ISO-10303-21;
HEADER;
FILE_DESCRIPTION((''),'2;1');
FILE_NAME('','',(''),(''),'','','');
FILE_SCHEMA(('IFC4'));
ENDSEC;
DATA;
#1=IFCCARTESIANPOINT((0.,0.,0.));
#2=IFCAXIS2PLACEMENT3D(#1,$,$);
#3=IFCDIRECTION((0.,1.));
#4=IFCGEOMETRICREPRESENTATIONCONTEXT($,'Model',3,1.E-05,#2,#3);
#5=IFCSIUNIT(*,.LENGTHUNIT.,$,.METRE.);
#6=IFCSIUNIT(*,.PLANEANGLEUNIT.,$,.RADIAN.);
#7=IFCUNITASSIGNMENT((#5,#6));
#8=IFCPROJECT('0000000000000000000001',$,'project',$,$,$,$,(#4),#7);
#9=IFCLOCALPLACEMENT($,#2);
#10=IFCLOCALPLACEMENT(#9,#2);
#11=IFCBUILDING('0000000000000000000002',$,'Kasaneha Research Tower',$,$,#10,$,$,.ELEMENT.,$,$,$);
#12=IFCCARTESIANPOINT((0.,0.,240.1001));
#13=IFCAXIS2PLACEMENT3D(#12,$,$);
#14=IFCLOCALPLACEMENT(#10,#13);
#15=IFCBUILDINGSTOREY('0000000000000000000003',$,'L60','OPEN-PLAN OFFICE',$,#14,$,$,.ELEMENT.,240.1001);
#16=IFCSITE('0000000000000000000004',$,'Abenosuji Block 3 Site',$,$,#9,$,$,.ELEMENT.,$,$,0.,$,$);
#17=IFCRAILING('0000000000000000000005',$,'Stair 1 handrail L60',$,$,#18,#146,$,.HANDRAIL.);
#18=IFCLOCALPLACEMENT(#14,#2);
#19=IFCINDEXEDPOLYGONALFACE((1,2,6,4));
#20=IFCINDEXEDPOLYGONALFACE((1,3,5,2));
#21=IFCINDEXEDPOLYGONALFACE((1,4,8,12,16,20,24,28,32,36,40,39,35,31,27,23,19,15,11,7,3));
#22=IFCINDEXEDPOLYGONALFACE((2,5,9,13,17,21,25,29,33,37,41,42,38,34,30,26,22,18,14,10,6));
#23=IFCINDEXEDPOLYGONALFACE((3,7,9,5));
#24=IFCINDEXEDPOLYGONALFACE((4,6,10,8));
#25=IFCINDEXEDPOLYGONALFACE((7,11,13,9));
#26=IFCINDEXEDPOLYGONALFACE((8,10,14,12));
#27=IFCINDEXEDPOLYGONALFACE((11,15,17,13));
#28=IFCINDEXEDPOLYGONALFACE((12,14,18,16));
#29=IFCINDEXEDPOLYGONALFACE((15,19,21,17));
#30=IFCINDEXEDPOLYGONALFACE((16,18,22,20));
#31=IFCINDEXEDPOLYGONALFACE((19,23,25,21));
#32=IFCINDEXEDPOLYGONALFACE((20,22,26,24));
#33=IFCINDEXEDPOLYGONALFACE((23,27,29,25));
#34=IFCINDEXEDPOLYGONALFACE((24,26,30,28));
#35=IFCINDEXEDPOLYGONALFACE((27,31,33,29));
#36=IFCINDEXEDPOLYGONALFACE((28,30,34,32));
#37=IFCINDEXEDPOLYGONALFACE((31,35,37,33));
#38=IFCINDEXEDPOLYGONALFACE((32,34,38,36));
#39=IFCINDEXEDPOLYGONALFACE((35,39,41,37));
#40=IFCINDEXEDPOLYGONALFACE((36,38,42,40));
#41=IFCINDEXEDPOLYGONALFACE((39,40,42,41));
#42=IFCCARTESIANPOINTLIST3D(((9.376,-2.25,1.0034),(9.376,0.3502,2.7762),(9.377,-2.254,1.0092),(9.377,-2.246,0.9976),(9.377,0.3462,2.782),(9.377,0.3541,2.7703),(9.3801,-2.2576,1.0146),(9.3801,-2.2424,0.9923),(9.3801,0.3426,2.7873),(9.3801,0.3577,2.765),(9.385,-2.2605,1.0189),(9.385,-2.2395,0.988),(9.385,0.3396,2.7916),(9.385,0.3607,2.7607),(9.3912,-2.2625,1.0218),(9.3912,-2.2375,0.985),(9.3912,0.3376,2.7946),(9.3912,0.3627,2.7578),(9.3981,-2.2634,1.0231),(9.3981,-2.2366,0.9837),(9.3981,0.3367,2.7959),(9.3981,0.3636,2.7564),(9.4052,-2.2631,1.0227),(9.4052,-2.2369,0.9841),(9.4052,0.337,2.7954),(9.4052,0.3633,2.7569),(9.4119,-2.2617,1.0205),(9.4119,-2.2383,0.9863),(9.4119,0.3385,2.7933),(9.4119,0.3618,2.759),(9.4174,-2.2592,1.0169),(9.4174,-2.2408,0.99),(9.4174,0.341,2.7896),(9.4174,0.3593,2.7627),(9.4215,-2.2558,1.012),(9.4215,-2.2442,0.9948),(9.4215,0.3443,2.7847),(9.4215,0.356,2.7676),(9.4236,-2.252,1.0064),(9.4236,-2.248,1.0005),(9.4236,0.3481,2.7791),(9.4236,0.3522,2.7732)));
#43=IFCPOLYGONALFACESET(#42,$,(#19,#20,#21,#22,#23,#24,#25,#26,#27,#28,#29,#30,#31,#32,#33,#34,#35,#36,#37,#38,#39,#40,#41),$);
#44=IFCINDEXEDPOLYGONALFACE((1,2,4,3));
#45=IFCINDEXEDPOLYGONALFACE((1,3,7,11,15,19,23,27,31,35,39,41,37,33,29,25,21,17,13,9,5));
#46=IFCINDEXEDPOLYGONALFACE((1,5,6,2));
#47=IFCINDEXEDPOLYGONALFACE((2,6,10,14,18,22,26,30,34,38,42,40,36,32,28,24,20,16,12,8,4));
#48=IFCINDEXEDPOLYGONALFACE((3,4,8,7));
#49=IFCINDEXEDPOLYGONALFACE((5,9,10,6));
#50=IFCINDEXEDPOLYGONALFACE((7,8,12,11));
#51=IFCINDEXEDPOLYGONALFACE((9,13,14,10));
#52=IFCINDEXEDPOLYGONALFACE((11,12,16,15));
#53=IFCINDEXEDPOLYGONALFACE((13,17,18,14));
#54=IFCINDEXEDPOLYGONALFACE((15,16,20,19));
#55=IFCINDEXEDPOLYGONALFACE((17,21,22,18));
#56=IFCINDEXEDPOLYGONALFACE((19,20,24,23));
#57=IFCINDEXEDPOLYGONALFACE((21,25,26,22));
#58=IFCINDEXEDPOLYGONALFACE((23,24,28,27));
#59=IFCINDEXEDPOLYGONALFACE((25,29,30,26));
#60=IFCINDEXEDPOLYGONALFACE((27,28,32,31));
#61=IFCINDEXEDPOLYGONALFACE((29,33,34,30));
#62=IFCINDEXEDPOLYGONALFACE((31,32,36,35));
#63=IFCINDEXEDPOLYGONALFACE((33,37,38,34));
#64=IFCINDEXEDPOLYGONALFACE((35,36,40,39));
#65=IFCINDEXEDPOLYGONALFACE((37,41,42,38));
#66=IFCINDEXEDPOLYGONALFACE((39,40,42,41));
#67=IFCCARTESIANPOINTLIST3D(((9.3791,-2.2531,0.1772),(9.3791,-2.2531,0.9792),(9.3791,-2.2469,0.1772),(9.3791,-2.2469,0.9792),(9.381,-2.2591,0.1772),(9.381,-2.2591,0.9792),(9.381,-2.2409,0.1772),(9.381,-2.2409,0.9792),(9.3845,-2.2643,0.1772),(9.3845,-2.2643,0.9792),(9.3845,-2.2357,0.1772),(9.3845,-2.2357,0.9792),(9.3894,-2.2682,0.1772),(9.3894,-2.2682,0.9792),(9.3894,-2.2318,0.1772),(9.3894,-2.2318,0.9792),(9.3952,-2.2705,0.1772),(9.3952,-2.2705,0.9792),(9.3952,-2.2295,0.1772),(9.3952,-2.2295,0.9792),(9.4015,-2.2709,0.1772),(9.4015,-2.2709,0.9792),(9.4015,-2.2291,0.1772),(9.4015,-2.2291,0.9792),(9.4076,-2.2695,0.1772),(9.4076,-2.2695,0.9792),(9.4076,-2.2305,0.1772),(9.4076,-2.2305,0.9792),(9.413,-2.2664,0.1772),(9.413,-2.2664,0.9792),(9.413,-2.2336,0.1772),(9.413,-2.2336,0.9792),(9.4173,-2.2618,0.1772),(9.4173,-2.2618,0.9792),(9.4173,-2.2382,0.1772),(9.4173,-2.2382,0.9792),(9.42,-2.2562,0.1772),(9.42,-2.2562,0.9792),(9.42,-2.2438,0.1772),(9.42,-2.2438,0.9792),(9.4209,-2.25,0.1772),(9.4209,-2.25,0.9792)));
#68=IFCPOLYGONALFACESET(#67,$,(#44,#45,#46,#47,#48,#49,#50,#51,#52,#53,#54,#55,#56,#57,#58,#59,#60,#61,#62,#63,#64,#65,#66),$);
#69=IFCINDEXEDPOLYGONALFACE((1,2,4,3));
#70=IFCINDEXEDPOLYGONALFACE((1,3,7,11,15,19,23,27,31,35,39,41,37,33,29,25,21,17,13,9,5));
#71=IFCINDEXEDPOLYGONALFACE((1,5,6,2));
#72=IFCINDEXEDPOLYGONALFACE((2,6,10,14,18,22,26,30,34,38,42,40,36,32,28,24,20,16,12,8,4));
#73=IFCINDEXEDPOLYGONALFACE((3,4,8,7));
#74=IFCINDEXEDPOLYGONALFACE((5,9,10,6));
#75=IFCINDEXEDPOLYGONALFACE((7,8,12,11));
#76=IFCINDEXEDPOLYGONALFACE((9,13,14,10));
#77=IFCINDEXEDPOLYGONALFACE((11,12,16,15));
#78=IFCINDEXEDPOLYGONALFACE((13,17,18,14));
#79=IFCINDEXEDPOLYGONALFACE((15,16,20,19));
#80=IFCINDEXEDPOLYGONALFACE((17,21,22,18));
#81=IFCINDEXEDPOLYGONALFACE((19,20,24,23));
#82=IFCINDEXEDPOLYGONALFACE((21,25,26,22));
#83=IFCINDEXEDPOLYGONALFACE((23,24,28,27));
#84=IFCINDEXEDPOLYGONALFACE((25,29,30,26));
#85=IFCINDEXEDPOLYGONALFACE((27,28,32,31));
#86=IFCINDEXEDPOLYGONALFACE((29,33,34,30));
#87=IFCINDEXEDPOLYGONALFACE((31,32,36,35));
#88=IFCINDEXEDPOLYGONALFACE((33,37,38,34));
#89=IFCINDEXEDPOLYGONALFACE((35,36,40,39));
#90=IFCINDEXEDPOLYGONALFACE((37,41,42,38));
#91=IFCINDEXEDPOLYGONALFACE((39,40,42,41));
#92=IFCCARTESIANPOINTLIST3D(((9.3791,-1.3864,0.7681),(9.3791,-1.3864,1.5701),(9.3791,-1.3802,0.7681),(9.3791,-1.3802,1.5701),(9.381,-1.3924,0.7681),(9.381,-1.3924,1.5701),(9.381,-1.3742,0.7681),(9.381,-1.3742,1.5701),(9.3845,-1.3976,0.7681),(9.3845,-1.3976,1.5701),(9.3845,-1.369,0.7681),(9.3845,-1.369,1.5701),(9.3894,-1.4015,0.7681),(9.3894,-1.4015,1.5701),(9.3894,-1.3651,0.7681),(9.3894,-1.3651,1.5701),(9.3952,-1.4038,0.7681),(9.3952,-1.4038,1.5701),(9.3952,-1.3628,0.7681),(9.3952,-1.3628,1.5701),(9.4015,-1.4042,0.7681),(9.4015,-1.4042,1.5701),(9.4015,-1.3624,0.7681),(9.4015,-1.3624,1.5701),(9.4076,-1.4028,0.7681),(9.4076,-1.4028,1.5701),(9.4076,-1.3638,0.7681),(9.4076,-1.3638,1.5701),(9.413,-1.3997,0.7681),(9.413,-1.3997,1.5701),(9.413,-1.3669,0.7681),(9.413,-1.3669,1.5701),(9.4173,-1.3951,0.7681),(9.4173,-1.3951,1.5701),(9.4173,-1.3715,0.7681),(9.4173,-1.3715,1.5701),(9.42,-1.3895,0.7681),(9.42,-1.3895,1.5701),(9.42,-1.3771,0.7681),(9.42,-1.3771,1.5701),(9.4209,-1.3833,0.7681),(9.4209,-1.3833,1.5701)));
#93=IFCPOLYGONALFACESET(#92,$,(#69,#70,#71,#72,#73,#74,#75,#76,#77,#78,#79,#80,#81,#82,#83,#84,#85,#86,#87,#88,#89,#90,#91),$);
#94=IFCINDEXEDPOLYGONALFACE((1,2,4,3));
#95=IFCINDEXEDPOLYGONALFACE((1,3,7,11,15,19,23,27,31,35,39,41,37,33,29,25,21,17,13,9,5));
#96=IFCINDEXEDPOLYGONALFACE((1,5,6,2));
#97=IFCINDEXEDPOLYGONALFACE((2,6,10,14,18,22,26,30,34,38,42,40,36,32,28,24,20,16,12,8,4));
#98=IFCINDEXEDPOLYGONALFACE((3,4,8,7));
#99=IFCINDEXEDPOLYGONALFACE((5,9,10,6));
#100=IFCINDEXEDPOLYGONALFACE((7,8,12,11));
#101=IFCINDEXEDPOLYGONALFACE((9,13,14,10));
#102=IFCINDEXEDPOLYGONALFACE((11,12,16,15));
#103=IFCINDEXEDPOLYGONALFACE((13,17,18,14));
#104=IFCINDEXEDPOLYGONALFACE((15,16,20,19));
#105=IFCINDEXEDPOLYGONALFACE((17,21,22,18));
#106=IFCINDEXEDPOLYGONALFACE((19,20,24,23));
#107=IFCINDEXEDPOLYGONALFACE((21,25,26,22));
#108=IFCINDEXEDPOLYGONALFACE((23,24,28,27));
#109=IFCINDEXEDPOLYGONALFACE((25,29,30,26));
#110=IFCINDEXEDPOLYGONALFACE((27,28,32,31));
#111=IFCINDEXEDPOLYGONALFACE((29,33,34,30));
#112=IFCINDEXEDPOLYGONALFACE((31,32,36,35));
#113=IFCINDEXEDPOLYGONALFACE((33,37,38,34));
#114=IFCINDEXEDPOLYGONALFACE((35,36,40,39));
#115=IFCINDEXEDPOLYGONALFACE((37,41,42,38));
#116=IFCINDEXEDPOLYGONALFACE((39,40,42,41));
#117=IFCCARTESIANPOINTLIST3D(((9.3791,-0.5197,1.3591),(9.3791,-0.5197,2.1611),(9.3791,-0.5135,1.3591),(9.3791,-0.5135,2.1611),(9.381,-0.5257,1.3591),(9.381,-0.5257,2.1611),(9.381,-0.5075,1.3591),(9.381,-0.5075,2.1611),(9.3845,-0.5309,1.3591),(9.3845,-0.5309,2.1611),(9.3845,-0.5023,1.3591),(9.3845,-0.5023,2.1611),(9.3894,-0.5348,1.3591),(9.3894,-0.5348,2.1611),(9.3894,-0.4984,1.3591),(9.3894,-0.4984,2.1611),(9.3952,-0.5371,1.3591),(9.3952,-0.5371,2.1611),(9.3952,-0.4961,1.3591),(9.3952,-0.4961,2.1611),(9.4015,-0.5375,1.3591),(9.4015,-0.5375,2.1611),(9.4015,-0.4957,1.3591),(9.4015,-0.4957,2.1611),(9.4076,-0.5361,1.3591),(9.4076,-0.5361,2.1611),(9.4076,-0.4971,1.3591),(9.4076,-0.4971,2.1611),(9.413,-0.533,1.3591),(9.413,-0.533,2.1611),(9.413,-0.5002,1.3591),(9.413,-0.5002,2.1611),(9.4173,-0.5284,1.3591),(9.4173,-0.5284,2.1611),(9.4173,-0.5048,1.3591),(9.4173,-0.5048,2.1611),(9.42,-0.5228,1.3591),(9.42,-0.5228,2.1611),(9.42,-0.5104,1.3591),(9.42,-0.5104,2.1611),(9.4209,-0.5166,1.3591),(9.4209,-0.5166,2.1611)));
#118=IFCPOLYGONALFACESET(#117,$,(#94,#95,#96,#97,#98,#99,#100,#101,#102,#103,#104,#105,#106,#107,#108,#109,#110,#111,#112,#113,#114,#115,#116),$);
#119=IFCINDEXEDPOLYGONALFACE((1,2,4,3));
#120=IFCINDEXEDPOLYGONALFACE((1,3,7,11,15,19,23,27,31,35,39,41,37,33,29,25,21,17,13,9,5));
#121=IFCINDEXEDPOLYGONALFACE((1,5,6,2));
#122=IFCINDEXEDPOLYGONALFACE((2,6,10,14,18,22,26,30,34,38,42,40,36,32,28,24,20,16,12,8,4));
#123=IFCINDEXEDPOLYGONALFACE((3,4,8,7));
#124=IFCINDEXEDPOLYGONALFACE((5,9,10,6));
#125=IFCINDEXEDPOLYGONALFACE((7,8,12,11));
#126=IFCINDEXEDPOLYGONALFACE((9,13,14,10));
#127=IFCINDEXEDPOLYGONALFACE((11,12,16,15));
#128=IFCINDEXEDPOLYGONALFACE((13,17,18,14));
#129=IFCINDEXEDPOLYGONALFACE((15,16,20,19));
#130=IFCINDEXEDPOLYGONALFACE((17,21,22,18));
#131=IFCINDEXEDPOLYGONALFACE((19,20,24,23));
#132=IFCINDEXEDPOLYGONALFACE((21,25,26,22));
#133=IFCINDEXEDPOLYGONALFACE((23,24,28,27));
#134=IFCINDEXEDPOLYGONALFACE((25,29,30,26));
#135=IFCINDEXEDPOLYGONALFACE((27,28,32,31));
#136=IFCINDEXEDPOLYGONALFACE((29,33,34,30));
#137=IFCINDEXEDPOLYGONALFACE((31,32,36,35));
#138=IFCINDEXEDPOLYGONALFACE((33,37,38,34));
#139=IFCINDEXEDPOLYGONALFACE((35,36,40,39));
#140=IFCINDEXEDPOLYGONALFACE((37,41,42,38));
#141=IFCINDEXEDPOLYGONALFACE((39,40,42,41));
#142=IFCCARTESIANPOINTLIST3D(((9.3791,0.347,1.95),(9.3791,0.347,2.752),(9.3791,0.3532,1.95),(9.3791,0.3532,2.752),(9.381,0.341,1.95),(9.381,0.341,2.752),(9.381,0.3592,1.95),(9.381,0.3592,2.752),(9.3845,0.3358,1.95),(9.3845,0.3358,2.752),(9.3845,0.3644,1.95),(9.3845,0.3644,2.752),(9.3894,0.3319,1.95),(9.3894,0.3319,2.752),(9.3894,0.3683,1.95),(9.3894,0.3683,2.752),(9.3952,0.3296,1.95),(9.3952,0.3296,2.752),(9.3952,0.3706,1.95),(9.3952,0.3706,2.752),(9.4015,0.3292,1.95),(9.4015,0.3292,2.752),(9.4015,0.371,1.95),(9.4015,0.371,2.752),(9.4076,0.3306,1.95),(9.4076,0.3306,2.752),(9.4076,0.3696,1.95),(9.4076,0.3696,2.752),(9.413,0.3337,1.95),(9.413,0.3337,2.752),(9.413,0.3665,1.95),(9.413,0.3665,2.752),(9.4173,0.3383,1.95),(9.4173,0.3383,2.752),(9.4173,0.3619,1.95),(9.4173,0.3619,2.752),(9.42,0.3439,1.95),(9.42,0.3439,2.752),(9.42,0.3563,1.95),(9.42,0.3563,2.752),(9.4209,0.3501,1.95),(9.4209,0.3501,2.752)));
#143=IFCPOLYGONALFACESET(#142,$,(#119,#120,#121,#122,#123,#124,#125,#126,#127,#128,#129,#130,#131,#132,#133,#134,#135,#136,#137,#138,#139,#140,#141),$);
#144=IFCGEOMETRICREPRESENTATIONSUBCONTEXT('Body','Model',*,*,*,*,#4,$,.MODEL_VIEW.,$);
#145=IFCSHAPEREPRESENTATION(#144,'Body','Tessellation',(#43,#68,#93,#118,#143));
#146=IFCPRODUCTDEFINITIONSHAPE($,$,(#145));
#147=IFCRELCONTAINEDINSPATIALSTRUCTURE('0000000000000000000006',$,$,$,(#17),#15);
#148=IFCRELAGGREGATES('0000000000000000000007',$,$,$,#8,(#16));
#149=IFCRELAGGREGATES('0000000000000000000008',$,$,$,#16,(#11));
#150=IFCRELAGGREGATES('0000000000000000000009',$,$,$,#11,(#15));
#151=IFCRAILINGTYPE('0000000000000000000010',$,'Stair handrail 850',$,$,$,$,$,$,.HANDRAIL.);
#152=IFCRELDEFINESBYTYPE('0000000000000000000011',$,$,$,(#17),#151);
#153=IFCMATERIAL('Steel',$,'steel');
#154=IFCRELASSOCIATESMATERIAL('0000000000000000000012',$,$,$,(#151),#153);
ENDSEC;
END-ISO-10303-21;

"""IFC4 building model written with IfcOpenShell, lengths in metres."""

from ifc_helpers import new_model, si_unit, direction, frame, origin, origin_2d, place, context, subcontext, project, spatial, circle, extrude, material, type_object, element, save


model = new_model("IFC4")

# Units and contexts
model_context = context("Model", 3, precision=1e-05, world=origin(), true_north=direction((0.0, 1.0)))
body_context = subcontext(model_context, "Body", "Model", "MODEL_VIEW")
ifc_project = project(units=[si_unit("LENGTHUNIT", "METRE"), si_unit("PLANEANGLEUNIT", "RADIAN")], contexts=[model_context])

# Site, building, storey
site_placement = place(None, origin())
site = spatial("IfcSite", under=ifc_project, at=site_placement, Name="Abenosuji Block 3 Site", CompositionType="ELEMENT", RefElevation=0.0)
building_placement = place(site_placement, origin())
building = spatial("IfcBuilding", under=site, at=building_placement, Name="Kasaneha Research Tower", CompositionType="ELEMENT")
storey_placement = place(building_placement, frame((0.0, 0.0, 240.1001)))
storey = spatial("IfcBuildingStorey", under=building, at=storey_placement, Name="L60", Description="OPEN-PLAN OFFICE", CompositionType="ELEMENT", Elevation=240.1001)

# Railing
ifc_material_1 = material(Name="Steel", Category="steel")
railing_type_1 = type_object("IfcRailingType", Name="Stair handrail 850", PredefinedType="HANDRAIL", material=ifc_material_1)
railing_1_placement = place(storey_placement, frame((9.3999, -2.25, 0.1772)))
element("IfcRailing", 1, at=railing_1_placement, inside=storey, type_object=railing_type_1, Name="Stair 1 handrail L60", PredefinedType="HANDRAIL", context=body_context, shape_type="SweptSolid", body=[
    extrude(circle(Radius=0.0239, at=origin_2d()), frame((0.0, 0.0, 0.8262), z_axis=(0.0, 0.82624, 0.563318), x_axis=(-1.0, 0.0, 0.0)), (0.0, 0.0, 1.0), 3.147),
    extrude(circle(Radius=0.021, at=origin_2d()), origin(), (0.0, 0.0, 1.0), 0.802),
    extrude(circle(Radius=0.021, at=origin_2d()), frame((0.0, 0.8667, 0.5908)), (0.0, 0.0, 1.0), 0.802),
    extrude(circle(Radius=0.021, at=origin_2d()), frame((0.0, 1.7334, 1.1819)), (0.0, 0.0, 1.0), 0.802),
    extrude(circle(Radius=0.021, at=origin_2d()), frame((0.0, 2.6001, 1.7727)), (0.0, 0.0, 1.0), 0.802),
])

save(model, "model.ifc")
